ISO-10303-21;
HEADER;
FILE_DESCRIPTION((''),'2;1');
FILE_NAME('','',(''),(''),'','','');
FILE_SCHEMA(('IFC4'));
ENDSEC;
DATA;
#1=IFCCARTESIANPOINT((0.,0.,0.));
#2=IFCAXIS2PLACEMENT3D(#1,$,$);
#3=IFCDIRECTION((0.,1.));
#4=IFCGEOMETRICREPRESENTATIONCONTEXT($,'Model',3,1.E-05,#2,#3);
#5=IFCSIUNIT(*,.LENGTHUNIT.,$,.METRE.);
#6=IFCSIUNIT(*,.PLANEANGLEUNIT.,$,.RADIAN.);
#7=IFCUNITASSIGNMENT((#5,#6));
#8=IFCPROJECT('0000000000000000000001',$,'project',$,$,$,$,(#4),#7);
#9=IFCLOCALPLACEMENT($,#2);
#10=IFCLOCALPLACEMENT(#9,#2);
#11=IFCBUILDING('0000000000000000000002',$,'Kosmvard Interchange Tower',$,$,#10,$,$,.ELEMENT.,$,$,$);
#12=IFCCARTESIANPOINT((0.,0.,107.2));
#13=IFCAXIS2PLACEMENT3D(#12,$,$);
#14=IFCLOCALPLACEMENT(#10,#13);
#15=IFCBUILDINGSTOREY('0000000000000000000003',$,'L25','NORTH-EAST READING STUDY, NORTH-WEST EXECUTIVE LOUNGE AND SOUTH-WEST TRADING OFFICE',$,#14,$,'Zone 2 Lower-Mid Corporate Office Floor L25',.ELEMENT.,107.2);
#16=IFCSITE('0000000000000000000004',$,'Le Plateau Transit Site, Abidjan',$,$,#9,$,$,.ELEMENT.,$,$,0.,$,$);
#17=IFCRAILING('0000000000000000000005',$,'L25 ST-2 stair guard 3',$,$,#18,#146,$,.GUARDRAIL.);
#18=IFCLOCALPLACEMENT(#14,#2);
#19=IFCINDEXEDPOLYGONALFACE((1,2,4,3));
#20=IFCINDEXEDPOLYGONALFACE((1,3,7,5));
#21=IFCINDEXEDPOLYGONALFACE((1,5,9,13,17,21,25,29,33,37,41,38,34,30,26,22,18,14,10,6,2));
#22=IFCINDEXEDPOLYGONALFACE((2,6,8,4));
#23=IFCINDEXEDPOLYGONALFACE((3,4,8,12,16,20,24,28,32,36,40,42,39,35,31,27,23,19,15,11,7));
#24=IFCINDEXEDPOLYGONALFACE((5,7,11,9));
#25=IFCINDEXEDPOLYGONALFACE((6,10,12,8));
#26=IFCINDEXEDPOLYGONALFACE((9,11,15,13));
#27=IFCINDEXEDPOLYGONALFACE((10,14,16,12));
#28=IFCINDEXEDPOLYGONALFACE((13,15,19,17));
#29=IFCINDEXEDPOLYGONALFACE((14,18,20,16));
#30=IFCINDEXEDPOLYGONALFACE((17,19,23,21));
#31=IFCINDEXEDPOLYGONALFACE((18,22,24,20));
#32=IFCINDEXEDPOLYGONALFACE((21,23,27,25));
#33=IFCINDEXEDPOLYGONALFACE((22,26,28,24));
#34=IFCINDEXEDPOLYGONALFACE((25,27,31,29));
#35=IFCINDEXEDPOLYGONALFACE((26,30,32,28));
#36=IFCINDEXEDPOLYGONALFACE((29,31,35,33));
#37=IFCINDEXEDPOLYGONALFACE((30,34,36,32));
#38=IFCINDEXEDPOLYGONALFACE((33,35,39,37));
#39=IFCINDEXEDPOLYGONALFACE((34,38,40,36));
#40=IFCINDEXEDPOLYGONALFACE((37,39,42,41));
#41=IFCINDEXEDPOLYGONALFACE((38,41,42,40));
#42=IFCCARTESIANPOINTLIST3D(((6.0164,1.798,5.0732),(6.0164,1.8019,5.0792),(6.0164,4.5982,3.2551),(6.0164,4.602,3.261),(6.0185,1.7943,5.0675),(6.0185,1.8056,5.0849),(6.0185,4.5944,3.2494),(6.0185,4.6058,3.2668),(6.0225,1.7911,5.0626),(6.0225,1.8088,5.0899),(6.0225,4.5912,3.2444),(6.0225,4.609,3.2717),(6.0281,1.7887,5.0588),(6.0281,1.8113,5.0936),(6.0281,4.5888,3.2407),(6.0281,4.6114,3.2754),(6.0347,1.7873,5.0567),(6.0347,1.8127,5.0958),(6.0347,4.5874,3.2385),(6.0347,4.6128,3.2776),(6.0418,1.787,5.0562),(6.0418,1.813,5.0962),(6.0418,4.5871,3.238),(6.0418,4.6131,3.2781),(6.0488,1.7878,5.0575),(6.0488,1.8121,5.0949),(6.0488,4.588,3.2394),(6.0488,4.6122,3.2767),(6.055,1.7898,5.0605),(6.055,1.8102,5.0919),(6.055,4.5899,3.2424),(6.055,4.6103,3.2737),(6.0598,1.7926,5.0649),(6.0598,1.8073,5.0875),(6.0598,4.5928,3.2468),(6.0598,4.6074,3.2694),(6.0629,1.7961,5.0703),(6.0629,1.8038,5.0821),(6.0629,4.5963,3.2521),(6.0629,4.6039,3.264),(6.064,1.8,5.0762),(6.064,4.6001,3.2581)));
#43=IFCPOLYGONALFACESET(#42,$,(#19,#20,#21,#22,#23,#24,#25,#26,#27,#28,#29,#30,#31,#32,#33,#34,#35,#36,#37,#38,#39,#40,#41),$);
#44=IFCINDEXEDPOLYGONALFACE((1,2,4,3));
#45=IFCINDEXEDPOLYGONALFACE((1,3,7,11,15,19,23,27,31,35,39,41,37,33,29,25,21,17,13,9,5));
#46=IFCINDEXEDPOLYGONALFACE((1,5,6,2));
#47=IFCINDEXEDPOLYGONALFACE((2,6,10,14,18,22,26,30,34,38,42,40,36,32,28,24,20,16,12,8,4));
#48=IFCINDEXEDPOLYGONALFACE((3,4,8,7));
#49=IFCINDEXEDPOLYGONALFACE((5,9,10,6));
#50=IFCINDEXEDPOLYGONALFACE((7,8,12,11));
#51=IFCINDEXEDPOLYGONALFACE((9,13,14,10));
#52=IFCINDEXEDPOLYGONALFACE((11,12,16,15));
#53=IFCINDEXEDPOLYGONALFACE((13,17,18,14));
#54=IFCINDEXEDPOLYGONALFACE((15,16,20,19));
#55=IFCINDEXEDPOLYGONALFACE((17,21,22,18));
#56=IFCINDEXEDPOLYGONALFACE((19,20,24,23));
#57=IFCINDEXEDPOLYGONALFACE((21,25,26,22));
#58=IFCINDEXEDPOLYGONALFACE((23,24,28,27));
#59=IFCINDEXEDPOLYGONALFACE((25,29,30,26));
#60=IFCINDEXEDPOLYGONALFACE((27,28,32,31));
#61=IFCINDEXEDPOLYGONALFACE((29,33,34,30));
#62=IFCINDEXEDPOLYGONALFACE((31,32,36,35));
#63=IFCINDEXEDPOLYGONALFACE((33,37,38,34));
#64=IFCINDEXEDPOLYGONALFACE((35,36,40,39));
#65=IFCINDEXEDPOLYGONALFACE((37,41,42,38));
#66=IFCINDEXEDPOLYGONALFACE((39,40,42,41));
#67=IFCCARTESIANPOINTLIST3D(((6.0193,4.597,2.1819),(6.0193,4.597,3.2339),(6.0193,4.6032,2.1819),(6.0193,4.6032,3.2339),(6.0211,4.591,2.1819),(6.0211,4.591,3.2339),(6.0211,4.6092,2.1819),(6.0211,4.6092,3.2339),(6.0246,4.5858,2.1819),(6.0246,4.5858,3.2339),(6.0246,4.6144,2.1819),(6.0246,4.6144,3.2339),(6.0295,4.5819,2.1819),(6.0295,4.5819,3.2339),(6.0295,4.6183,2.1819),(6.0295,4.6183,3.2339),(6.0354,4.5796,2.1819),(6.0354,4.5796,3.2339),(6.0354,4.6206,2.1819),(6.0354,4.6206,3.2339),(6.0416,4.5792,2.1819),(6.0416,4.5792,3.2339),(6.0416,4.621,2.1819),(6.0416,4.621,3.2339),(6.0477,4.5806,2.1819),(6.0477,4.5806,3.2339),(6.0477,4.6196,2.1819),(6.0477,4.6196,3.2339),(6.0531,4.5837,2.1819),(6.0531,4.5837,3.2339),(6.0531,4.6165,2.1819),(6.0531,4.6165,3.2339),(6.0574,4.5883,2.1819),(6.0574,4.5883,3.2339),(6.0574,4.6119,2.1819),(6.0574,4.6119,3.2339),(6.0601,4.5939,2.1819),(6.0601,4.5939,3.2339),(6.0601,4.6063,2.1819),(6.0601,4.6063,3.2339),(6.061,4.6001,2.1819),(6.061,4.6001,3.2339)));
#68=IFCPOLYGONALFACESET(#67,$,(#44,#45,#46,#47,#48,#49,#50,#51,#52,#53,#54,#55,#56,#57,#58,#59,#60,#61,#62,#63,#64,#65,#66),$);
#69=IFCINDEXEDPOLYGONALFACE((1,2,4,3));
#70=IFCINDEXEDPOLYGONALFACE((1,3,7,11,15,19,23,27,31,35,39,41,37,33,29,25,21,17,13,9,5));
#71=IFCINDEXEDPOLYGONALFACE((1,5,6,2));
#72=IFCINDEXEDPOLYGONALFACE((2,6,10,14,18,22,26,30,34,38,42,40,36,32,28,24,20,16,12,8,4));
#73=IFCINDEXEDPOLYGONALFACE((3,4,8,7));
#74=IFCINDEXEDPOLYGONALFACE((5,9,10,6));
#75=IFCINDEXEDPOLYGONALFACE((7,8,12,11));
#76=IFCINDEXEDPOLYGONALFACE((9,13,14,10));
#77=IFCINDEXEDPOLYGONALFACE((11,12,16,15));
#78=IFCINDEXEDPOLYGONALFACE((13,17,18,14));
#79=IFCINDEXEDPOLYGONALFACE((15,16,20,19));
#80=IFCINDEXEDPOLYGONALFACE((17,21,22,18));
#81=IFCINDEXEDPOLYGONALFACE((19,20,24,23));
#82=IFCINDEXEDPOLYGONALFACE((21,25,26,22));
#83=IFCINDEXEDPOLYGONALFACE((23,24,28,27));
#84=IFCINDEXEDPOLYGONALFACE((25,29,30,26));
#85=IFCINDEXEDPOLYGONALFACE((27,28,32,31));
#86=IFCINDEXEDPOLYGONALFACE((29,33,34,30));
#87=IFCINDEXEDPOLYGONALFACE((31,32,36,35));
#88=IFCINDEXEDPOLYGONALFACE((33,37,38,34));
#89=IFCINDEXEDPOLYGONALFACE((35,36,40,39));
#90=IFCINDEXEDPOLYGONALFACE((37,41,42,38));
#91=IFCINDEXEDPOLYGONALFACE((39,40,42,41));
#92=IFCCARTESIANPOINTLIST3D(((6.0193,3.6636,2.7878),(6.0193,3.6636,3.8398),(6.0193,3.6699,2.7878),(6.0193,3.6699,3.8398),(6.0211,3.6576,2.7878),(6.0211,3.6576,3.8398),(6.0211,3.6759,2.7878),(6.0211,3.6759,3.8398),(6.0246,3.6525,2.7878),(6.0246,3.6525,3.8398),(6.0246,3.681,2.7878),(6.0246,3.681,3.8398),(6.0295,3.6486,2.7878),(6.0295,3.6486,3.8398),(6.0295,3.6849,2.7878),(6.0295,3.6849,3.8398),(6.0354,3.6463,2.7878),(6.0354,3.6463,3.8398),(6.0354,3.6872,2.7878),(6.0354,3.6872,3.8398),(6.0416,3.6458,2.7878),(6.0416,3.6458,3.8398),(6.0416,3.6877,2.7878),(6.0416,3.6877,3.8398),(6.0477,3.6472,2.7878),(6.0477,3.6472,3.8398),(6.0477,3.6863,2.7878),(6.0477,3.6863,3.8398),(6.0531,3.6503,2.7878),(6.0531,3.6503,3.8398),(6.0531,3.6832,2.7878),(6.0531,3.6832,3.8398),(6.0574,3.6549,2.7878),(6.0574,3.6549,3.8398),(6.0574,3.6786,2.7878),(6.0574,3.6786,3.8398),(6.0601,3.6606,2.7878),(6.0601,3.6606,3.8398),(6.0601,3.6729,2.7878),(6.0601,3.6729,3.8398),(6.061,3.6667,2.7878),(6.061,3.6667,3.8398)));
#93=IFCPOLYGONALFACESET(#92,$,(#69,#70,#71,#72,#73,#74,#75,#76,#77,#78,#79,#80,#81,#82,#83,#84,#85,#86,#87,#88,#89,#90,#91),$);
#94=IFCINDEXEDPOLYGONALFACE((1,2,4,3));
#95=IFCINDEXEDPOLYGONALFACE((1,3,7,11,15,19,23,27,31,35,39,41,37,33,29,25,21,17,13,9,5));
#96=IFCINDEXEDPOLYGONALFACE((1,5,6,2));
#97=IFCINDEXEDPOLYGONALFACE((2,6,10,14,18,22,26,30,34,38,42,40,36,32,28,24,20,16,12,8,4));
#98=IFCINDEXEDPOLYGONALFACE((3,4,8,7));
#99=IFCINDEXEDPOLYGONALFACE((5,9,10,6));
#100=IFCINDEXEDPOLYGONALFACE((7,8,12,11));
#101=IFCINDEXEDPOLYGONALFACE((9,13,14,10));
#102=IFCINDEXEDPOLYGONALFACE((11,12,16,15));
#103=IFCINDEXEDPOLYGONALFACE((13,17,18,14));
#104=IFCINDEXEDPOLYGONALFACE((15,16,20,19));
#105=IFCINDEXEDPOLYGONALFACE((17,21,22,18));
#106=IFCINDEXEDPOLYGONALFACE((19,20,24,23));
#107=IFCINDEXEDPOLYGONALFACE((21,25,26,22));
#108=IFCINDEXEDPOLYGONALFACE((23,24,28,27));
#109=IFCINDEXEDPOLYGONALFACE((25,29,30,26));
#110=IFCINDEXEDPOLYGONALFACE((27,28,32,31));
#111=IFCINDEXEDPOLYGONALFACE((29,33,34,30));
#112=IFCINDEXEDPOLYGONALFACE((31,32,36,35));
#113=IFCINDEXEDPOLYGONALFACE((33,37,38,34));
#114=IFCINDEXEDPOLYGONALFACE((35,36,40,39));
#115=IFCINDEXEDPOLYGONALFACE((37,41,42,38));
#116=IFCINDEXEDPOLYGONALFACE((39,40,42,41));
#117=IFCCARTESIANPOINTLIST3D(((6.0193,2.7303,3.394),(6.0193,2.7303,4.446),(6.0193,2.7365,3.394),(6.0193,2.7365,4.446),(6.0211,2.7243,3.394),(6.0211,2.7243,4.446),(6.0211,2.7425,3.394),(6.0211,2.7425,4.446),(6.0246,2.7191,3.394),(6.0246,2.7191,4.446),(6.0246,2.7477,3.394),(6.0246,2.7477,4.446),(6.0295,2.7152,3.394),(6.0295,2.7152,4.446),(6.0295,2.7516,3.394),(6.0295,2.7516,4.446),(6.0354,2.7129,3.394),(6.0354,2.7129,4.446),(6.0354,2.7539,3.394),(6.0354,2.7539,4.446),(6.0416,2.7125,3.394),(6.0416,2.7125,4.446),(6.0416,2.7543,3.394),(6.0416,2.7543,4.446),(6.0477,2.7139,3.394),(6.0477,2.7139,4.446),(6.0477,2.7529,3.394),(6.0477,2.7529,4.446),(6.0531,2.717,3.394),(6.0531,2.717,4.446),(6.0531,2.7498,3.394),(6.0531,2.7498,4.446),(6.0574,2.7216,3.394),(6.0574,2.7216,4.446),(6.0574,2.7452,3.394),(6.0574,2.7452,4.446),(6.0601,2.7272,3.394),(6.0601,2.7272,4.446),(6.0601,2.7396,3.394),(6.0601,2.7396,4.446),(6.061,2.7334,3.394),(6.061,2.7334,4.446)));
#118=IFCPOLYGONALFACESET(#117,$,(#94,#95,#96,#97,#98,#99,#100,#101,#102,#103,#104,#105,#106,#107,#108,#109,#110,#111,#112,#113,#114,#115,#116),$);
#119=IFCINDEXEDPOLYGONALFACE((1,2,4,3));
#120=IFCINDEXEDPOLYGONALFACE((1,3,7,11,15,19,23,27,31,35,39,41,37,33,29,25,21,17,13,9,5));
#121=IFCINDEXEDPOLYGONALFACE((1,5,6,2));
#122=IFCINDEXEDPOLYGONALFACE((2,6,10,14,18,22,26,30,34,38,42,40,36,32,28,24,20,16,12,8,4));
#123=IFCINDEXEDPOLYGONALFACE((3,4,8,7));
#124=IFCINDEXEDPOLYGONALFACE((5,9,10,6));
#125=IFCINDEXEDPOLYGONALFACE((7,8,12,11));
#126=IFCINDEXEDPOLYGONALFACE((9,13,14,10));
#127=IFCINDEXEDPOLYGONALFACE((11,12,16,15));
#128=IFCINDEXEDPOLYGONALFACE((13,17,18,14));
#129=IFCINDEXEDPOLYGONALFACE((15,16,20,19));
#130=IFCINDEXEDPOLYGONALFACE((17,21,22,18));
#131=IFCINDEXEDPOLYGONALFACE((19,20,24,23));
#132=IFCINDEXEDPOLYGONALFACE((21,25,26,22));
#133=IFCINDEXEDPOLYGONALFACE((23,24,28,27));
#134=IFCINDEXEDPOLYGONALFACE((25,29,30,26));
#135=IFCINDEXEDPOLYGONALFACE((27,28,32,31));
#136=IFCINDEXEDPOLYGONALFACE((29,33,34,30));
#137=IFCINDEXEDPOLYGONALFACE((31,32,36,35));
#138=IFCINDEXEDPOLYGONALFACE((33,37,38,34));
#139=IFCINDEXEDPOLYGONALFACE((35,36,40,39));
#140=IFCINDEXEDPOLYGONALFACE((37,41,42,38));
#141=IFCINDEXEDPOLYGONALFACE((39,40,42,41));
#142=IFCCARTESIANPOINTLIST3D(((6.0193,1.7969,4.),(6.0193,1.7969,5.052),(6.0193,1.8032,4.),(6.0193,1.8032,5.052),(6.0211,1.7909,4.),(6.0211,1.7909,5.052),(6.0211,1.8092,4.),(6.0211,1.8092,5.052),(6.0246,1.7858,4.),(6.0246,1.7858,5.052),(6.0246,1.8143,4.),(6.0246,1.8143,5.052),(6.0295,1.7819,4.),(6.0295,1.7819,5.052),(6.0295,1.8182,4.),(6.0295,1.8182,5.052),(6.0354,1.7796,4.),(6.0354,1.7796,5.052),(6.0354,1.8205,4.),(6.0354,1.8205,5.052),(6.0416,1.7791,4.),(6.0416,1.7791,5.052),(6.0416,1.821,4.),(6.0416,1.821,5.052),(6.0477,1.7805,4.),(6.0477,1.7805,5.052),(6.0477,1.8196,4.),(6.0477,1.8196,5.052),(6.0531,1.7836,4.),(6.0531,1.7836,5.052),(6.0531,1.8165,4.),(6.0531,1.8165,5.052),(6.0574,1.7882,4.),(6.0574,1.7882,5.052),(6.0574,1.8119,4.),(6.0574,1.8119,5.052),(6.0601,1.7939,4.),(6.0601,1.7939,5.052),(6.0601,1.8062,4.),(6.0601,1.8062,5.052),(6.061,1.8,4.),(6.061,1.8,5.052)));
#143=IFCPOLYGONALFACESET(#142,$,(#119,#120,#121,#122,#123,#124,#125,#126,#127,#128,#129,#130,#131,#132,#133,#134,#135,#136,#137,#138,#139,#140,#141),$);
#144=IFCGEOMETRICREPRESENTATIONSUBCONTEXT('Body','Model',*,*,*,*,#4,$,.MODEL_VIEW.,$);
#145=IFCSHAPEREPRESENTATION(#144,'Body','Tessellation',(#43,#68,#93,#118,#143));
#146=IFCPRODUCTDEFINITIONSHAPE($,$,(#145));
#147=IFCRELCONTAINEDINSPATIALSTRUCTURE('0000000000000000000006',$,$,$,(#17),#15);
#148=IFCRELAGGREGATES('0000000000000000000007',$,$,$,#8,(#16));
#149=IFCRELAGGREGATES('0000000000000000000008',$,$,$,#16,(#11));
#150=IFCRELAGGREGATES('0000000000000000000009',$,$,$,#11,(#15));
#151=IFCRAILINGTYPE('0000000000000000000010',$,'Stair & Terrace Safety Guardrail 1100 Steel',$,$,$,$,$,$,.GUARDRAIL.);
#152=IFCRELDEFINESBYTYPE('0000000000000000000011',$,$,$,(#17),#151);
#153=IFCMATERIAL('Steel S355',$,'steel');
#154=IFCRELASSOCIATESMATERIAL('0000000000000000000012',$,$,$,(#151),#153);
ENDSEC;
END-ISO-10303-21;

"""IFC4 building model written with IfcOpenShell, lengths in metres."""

from ifc_helpers import new_model, si_unit, direction, frame, origin, origin_2d, place, context, subcontext, project, spatial, circle, extrude, source, transform, mapped, material, type_object, element, save


model = new_model("IFC4")

# Units and contexts
model_context = context("Model", 3, precision=1e-05, world=origin(), true_north=direction((0.0, 1.0)))
body_context = subcontext(model_context, "Body", "Model", "MODEL_VIEW")
ifc_project = project(units=[si_unit("LENGTHUNIT", "METRE"), si_unit("PLANEANGLEUNIT", "RADIAN")], contexts=[model_context])

# Site, building, storey
site_placement = place(None, origin())
site = spatial("IfcSite", under=ifc_project, at=site_placement, Name="Le Plateau Transit Site, Abidjan", CompositionType="ELEMENT", RefElevation=0.0)
building_placement = place(site_placement, origin())
building = spatial("IfcBuilding", under=site, at=building_placement, Name="Kosmvard Interchange Tower", CompositionType="ELEMENT")
storey_placement = place(building_placement, frame((0.0, 0.0, 107.2)))
storey = spatial("IfcBuildingStorey", under=building, at=storey_placement, Name="L25", Description="NORTH-EAST READING STUDY, NORTH-WEST EXECUTIVE LOUNGE AND SOUTH-WEST TRADING OFFICE", LongName="Zone 2 Lower-Mid Corporate Office Floor L25", CompositionType="ELEMENT", Elevation=107.2)

# Shared definitions
ifc_material_1 = material(Name="Steel S355", Category="steel")

# Railing
railing_type_1 = type_object("IfcRailingType", Name="Stair & Terrace Safety Guardrail 1100 Steel", PredefinedType="GUARDRAIL", material=ifc_material_1)
shared_shape_1 = source(origin(), body_context, "Body", "SweptSolid", [
    extrude(circle(Radius=0.0239, at=origin_2d()), frame((0.0, 0.0, 1.0762), z_axis=(0.0, -0.838706, 0.544585), x_axis=(1.0, 0.0, 0.0)), (0.0, 0.0, 1.0), 3.3386),
    extrude(circle(Radius=0.021, at=origin_2d()), origin(), (0.0, 0.0, 1.0), 1.052),
    extrude(circle(Radius=0.021, at=origin_2d()), frame((0.0, -0.9333, 0.606)), (0.0, 0.0, 1.0), 1.052),
    extrude(circle(Radius=0.021, at=origin_2d()), frame((0.0, -1.8667, 1.2122)), (0.0, 0.0, 1.0), 1.052),
    extrude(circle(Radius=0.021, at=origin_2d()), frame((0.0, -2.8, 1.8181)), (0.0, 0.0, 1.0), 1.052),
])
railing_1_placement = place(storey_placement, frame((6.04, 4.6001, 2.1819)))
element("IfcRailing", 1, at=railing_1_placement, inside=storey, type_object=railing_type_1, Name="L25 ST-2 stair guard 3", PredefinedType="GUARDRAIL", context=body_context, shape_type="MappedRepresentation", body=[
    mapped(shared_shape_1, transform((0.0, 0.0, 0.0), scale=1.0)),
])

save(model, "model.ifc")
